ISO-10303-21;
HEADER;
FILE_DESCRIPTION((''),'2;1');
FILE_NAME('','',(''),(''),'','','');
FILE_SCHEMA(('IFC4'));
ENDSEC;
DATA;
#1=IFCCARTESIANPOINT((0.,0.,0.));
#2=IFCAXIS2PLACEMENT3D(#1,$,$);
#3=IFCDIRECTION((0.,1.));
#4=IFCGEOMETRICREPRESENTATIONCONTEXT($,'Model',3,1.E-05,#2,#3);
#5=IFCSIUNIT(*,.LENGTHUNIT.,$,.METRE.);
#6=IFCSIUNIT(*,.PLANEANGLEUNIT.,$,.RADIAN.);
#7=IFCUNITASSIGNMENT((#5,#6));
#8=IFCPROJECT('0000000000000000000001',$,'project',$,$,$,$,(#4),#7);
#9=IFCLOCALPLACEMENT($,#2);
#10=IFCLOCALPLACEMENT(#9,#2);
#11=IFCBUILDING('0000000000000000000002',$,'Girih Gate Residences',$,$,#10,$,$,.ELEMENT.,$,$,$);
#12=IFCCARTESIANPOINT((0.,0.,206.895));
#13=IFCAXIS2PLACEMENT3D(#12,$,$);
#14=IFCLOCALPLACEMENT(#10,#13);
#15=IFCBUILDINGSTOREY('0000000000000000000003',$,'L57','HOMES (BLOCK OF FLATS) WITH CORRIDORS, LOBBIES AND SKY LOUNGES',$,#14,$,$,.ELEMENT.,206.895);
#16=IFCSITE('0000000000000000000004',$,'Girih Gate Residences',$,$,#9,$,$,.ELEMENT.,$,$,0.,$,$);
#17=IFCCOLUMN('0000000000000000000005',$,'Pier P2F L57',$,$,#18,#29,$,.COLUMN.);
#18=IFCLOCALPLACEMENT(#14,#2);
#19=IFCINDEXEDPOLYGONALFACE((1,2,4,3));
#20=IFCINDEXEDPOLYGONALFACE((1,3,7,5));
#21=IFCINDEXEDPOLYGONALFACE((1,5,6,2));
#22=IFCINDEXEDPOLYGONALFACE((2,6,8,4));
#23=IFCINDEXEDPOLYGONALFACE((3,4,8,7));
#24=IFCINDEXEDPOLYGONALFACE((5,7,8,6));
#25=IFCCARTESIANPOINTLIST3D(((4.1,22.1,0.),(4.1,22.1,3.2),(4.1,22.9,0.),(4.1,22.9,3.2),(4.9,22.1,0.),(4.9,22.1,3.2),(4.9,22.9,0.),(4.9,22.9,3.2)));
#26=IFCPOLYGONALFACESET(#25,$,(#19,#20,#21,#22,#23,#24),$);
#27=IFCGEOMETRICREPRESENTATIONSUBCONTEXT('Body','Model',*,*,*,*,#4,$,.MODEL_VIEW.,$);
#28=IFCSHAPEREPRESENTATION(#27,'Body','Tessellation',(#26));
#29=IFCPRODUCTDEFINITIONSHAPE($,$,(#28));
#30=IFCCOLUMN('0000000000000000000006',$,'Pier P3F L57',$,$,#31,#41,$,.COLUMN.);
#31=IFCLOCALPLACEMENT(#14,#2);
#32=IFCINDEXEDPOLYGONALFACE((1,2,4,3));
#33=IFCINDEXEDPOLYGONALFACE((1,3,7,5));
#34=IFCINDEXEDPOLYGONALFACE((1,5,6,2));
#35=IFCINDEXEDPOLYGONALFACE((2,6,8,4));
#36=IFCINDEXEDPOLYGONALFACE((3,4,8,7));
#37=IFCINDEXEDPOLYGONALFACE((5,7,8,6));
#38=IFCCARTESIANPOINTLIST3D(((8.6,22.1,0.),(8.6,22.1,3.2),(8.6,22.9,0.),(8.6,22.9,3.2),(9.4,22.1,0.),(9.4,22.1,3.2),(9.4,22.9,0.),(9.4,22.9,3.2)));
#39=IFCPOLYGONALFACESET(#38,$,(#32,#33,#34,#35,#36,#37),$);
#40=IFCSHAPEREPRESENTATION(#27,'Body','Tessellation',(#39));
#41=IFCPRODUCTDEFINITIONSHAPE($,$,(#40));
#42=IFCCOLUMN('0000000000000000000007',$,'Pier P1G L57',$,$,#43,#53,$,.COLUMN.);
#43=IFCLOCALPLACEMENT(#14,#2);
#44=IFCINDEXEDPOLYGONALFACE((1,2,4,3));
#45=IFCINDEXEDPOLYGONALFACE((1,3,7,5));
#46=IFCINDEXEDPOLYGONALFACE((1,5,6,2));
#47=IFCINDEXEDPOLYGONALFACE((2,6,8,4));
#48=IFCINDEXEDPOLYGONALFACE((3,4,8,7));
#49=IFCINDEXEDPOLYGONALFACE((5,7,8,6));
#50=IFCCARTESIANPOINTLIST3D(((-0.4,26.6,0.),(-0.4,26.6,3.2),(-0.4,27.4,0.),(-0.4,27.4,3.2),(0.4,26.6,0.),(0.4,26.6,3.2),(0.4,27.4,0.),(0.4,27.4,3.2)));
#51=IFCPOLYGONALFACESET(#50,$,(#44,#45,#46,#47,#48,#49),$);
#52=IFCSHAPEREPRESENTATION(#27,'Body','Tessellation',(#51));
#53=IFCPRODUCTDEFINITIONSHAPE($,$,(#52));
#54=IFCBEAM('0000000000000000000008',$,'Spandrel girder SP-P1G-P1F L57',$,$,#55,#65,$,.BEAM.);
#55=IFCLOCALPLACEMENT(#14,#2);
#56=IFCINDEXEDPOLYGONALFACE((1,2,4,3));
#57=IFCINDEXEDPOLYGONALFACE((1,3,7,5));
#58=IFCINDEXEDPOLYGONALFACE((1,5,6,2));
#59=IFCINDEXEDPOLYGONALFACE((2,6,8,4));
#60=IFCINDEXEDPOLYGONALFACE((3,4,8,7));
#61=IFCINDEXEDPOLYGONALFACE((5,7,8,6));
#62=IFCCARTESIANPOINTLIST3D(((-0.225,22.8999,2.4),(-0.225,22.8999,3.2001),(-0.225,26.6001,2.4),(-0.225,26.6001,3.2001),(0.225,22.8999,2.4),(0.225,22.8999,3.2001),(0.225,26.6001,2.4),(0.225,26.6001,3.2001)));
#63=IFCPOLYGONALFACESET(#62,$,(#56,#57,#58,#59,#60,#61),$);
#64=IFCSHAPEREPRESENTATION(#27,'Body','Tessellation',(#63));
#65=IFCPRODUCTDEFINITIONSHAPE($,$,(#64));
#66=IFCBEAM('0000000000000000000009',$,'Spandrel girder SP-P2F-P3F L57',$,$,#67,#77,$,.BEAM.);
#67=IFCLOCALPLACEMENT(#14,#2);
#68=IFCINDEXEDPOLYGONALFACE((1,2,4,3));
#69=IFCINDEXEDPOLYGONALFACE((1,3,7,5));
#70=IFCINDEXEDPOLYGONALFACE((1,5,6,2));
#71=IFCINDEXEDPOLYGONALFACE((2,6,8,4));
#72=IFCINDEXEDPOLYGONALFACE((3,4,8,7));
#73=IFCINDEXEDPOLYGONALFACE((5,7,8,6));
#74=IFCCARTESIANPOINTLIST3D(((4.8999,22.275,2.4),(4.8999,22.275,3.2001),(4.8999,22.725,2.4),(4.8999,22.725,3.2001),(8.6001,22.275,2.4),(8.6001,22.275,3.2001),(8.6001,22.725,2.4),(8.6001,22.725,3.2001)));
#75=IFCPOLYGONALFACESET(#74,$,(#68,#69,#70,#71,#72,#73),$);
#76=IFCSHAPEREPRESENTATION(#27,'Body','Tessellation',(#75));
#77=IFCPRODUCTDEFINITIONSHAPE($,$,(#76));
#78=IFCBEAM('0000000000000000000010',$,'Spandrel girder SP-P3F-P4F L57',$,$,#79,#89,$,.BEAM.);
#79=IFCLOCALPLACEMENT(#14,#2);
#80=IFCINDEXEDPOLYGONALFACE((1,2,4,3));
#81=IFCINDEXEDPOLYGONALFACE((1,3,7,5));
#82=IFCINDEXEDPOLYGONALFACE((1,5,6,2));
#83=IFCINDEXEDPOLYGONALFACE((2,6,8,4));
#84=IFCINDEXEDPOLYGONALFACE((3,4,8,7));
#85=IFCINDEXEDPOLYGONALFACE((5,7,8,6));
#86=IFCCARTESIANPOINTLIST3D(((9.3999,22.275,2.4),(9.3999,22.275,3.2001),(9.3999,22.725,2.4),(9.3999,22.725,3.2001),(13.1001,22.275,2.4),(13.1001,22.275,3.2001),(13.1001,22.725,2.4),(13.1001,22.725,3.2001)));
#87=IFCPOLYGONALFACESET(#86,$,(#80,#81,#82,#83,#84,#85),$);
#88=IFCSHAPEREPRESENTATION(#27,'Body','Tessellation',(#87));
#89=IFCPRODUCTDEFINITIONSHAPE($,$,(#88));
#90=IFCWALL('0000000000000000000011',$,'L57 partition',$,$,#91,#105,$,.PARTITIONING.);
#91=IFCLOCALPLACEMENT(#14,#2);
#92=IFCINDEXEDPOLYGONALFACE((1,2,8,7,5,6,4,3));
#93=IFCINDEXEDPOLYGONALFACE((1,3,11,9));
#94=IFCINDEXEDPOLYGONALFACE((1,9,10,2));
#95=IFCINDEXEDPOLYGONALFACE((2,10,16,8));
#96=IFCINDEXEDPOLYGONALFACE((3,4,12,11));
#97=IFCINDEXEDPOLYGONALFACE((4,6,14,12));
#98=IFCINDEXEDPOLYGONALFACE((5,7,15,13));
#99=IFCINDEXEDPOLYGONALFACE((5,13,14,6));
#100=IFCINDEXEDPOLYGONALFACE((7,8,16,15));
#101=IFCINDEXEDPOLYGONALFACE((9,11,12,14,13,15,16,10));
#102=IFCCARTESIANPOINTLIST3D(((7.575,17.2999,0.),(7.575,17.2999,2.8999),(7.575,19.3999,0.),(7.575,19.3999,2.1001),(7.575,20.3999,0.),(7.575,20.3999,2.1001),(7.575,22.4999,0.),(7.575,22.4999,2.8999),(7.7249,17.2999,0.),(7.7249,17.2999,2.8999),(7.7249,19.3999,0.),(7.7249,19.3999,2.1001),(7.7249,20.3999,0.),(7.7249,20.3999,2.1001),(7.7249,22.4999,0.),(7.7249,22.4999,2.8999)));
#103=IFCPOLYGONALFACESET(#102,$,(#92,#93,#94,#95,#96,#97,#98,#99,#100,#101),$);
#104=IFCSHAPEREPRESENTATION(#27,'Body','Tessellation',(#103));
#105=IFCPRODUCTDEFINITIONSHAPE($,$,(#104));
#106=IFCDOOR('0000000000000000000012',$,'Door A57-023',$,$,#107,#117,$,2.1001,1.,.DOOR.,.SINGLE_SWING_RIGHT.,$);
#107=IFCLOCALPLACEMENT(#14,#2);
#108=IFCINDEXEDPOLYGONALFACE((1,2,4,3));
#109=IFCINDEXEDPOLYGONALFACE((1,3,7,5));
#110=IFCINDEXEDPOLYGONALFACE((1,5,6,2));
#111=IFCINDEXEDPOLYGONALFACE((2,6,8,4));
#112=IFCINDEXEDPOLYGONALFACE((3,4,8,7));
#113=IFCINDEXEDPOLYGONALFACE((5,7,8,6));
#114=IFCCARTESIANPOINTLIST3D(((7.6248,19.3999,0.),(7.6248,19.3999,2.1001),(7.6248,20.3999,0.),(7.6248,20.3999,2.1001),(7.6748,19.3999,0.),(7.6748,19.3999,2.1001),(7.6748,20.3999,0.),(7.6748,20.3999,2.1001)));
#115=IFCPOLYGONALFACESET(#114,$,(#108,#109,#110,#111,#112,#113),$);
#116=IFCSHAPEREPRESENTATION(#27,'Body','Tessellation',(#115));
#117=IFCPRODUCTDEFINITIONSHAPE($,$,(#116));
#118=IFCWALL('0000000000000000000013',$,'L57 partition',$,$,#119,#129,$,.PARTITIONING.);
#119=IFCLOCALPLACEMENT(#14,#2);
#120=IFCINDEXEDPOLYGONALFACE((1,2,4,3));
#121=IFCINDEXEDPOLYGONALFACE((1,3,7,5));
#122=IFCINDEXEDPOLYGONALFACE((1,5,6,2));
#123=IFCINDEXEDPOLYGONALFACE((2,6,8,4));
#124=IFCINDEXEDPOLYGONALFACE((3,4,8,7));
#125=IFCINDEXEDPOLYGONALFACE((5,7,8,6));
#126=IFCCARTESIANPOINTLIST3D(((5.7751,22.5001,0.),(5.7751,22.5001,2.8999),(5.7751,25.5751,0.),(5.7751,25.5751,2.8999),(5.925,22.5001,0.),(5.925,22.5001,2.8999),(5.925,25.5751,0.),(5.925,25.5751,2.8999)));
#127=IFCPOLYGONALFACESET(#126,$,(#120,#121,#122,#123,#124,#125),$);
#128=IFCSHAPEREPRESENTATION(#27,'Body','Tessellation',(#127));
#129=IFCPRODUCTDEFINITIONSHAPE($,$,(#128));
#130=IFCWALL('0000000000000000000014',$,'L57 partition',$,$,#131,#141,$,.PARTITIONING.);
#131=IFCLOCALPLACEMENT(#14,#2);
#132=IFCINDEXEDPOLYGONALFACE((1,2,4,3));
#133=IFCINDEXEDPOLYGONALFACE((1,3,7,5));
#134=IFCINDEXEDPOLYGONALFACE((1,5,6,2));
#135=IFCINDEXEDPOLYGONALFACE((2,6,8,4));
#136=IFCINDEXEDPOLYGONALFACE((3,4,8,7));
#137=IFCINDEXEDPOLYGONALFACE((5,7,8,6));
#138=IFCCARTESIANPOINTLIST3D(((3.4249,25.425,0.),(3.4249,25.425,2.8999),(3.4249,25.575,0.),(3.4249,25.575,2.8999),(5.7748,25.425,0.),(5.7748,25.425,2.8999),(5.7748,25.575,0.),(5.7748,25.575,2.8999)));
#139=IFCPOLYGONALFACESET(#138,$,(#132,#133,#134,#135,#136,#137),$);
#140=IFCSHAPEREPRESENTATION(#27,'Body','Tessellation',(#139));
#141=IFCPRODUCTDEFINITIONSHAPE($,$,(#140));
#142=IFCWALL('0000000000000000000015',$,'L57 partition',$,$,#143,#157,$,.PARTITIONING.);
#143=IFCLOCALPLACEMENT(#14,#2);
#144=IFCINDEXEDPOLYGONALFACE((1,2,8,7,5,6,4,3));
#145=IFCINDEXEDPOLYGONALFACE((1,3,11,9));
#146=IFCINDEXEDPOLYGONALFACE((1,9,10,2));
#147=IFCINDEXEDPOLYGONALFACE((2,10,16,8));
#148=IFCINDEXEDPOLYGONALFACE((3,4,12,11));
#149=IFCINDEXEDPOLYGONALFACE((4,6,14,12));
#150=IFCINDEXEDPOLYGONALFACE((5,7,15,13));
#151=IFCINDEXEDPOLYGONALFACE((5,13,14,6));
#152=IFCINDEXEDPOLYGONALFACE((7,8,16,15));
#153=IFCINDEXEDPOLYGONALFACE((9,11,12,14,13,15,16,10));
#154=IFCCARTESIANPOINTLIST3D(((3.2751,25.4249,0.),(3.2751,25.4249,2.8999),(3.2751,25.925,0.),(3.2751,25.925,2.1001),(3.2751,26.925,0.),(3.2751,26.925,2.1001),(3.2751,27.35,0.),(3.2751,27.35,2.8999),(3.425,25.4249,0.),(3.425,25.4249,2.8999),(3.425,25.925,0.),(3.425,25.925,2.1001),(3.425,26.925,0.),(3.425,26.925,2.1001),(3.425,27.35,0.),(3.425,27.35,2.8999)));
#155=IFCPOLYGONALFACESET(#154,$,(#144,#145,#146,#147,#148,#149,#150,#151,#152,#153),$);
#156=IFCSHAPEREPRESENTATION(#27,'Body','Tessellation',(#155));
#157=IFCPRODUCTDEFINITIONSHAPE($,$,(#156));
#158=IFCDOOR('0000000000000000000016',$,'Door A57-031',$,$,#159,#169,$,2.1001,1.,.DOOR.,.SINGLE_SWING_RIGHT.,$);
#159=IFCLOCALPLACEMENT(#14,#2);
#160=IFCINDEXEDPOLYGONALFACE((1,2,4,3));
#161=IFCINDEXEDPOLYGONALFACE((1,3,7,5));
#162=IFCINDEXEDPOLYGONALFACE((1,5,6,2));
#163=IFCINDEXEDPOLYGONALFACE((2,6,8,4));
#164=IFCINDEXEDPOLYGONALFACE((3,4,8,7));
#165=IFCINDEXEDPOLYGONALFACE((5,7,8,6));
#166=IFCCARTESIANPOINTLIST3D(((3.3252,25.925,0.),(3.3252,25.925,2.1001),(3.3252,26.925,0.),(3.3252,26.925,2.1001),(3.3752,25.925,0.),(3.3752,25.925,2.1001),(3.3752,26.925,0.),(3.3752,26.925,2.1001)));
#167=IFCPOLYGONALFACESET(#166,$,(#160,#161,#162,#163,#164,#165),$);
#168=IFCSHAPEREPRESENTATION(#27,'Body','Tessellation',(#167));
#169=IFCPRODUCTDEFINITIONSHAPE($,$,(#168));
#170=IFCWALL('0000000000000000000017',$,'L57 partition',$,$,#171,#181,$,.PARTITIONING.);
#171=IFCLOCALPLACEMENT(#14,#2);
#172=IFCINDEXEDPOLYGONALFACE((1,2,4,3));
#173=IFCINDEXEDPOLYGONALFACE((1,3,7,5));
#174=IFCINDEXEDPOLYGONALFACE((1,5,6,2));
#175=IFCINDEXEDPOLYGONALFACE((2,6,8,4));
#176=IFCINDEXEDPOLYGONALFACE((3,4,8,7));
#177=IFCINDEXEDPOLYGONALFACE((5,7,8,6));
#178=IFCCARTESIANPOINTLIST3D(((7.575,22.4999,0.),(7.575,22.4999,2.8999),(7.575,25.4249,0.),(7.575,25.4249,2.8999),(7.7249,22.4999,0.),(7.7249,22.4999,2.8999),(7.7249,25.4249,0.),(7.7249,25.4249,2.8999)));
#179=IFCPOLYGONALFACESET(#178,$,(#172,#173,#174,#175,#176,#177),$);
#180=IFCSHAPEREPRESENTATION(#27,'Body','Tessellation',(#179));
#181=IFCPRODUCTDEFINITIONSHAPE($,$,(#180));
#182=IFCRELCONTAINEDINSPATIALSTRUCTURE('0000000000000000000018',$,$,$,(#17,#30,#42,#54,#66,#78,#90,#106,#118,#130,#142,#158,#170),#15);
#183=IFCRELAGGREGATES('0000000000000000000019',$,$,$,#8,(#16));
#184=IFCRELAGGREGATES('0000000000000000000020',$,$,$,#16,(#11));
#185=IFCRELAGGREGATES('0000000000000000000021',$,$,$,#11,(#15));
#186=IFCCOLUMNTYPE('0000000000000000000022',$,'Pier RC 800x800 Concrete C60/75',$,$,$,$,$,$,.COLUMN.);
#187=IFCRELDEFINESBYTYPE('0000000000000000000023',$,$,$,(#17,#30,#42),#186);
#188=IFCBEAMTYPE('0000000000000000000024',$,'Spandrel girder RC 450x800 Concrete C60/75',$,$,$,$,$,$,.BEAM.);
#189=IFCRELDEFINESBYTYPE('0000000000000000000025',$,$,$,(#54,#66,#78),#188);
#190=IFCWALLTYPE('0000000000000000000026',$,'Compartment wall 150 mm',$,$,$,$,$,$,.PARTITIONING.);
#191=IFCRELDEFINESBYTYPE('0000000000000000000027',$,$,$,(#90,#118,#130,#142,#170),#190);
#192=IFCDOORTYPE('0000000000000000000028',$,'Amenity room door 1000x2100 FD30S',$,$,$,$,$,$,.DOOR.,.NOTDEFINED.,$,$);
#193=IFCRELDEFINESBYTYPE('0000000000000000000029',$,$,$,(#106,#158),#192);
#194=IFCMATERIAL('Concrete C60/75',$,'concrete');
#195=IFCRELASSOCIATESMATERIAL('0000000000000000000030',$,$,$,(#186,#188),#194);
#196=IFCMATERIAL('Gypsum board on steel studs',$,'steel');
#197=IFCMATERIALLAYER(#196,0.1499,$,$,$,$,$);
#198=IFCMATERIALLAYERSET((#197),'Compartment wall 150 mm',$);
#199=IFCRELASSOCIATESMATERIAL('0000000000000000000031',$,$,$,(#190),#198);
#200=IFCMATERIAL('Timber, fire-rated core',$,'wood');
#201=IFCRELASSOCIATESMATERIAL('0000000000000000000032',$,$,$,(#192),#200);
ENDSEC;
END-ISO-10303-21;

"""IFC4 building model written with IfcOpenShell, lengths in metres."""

from ifc_helpers import new_model, si_unit, direction, frame, frame_2d, origin, origin_2d, place, context, subcontext, project, spatial, rectangle, extrude, material, layer, layer_set, material_profile, profile_set, type_object, element, fill, save


model = new_model("IFC4")

# Units and contexts
model_context = context("Model", 3, precision=1e-05, world=origin(), true_north=direction((0.0, 1.0)))
body_context = subcontext(model_context, "Body", "Model", "MODEL_VIEW")
ifc_project = project(units=[si_unit("LENGTHUNIT", "METRE"), si_unit("PLANEANGLEUNIT", "RADIAN")], contexts=[model_context])

# Site, building, storey
site_placement = place(None, origin())
site = spatial("IfcSite", under=ifc_project, at=site_placement, Name="Girih Gate Residences", CompositionType="ELEMENT", RefElevation=0.0)
building_placement = place(site_placement, origin())
building = spatial("IfcBuilding", under=site, at=building_placement, Name="Girih Gate Residences", CompositionType="ELEMENT")
storey_placement = place(building_placement, frame((0.0, 0.0, 206.895)))
storey = spatial("IfcBuildingStorey", under=building, at=storey_placement, Name="L57", Description="HOMES (BLOCK OF FLATS) WITH CORRIDORS, LOBBIES AND SKY LOUNGES", CompositionType="ELEMENT", Elevation=206.895)

# Columns
ifc_material_1 = material(Name="Concrete C60/75", Category="concrete")
ifc_material_profile_1 = material_profile(ifc_material_1, rectangle(XDim=0.8, YDim=0.8, at=origin_2d()))
ifc_profile_set_1 = profile_set([ifc_material_profile_1], Name="Concrete C60/75")
column_type = type_object("IfcColumnType", Name="Pier RC 800x800 Concrete C60/75", PredefinedType="COLUMN", material=ifc_profile_set_1)
for number, where, z_axis, x_axis, name in (
    (1, (4.5, 22.5, 0.0), (0.0, 0.0, 1.0), (1.0, 0.0, 0.0), "Pier P2F L57"),
    (2, (9.0, 22.5, 0.0), (0.0, 0.0, 1.0), (1.0, 0.0, 0.0), "Pier P3F L57"),
    (3, (0.0, 27.0, 0.0), (0.0, 0.0, 1.0), (1.0, 0.0, 0.0), "Pier P1G L57"),
):
    element("IfcColumn", number, at=place(storey_placement, frame(where, z_axis=z_axis, x_axis=x_axis)), inside=storey, type_object=column_type, Name=name, PredefinedType="COLUMN", context=body_context, shape_type="SweptSolid", body=[
        extrude(rectangle(XDim=0.8, YDim=0.8, at=origin_2d()), origin(), (0.0, 0.0, 1.0), 3.2),
    ])

# Beams
ifc_material_profile_2 = material_profile(ifc_material_1, rectangle(XDim=0.45, YDim=0.8, at=origin_2d()))
ifc_profile_set_2 = profile_set([ifc_material_profile_2], Name="Concrete C60/75")
beam_type = type_object("IfcBeamType", Name="Spandrel girder RC 450x800 Concrete C60/75", PredefinedType="BEAM", material=ifc_profile_set_2)
for number, where, z_axis, x_axis, name in (
    (4, (0.0, 26.6001, 2.8), (0.0, -1.0, 0.0), (1.0, 0.0, 0.0), "Spandrel girder SP-P1G-P1F L57"),
    (5, (4.8999, 22.5, 2.8), (1.0, 0.0, 0.0), (0.0, 1.0, 0.0), "Spandrel girder SP-P2F-P3F L57"),
    (6, (9.3999, 22.5, 2.8), (1.0, 0.0, 0.0), (0.0, 1.0, 0.0), "Spandrel girder SP-P3F-P4F L57"),
):
    element("IfcBeam", number, at=place(storey_placement, frame(where, z_axis=z_axis, x_axis=x_axis)), inside=storey, type_object=beam_type, Name=name, PredefinedType="BEAM", context=body_context, shape_type="SweptSolid", body=[
        extrude(rectangle(XDim=0.45, YDim=0.8, at=origin_2d()), origin(), (0.0, 0.0, 1.0), 3.7002),
    ])

# Wall, opening, door
ifc_material_2 = material(Name="Gypsum board on steel studs", Category="steel")
ifc_layer_1 = layer(ifc_material_2, 0.1499)
ifc_layer_set_1 = layer_set([ifc_layer_1], Name="Compartment wall 150 mm")
wall_type_1 = type_object("IfcWallType", Name="Compartment wall 150 mm", PredefinedType="PARTITIONING", material=ifc_layer_set_1)
wall_1_placement = place(storey_placement, frame((7.6499, 22.5, 0.0), z_axis=(0.0, 0.0, 1.0), x_axis=(0.0, -1.0, 0.0)))
wall_1 = element("IfcWall", 7, at=wall_1_placement, inside=storey, type_object=wall_type_1, Name="L57 partition", PredefinedType="PARTITIONING", context=body_context, shape_type="SweptSolid", body=[
    extrude(rectangle(XDim=5.2, YDim=0.1499, at=frame_2d((2.6001, 0.0))), origin(), (0.0, 0.0, 1.0), 2.8999),
])
opening_1_placement = place(wall_1_placement, frame((2.1001, 0.0, 0.0)))
opening_1 = element("IfcOpeningElement", 8, at=opening_1_placement, cuts=wall_1, PredefinedType="OPENING", context=body_context, shape_type="SweptSolid", body=[
    extrude(rectangle(XDim=1.0, YDim=2.1001, at=frame_2d((0.5, 1.05))), frame((0.0, 0.085, 0.0), z_axis=(0.0, -1.0, 0.0), x_axis=(1.0, 0.0, 0.0)), (0.0, 0.0, 1.0), 0.1699),
])
ifc_material_3 = material(Name="Timber, fire-rated core", Category="wood")
door_type_1 = type_object("IfcDoorType", Name="Amenity room door 1000x2100 FD30S", OperationType="NOTDEFINED", PredefinedType="DOOR", material=ifc_material_3)
door_1_placement = place(opening_1_placement, origin())
door_1 = element("IfcDoor", 9, at=door_1_placement, inside=storey, type_object=door_type_1, Name="Door A57-023", OperationType="SINGLE_SWING_RIGHT", OverallHeight=2.1001, OverallWidth=1.0, PredefinedType="DOOR", context=body_context, shape_type="SweptSolid", body=[
    extrude(rectangle(XDim=1.0, YDim=2.1001, at=frame_2d((0.5, 1.05))), frame((0.0, 0.0249, 0.0), z_axis=(0.0, -1.0, 0.0), x_axis=(1.0, 0.0, 0.0)), (0.0, 0.0, 1.0), 0.05),
])
fill(opening_1, door_1)

# Walls
wall_2_placement = place(storey_placement, frame((5.8501, 22.5, 0.0), z_axis=(0.0, 0.0, 1.0), x_axis=(0.0, 1.0, 0.0)))
element("IfcWall", 10, at=wall_2_placement, inside=storey, type_object=wall_type_1, Name="L57 partition", PredefinedType="PARTITIONING", context=body_context, shape_type="SweptSolid", body=[
    extrude(rectangle(XDim=3.075, YDim=0.1499, at=frame_2d((1.5376, 0.0))), origin(), (0.0, 0.0, 1.0), 2.8999),
])
wall_3_placement = place(storey_placement, frame((3.425, 25.5, 0.0), z_axis=(0.0, 0.0, 1.0), x_axis=(1.0, 0.0, 0.0)))
element("IfcWall", 11, at=wall_3_placement, inside=storey, type_object=wall_type_1, Name="L57 partition", PredefinedType="PARTITIONING", context=body_context, shape_type="SweptSolid", body=[
    extrude(rectangle(XDim=2.3499, YDim=0.1499, at=frame_2d((1.1748, 0.0))), origin(), (0.0, 0.0, 1.0), 2.8999),
])

# Wall, opening, door
wall_4_placement = place(storey_placement, frame((3.3501, 25.425, 0.0), z_axis=(0.0, 0.0, 1.0), x_axis=(0.0, 1.0, 0.0)))
wall_4 = element("IfcWall", 12, at=wall_4_placement, inside=storey, type_object=wall_type_1, Name="L57 partition", PredefinedType="PARTITIONING", context=body_context, shape_type="SweptSolid", body=[
    extrude(rectangle(XDim=1.925, YDim=0.1499, at=frame_2d((0.9624, 0.0))), origin(), (0.0, 0.0, 1.0), 2.8999),
])
opening_2_placement = place(wall_4_placement, frame((0.5, 0.0, 0.0)))
opening_2 = element("IfcOpeningElement", 13, at=opening_2_placement, cuts=wall_4, PredefinedType="OPENING", context=body_context, shape_type="SweptSolid", body=[
    extrude(rectangle(XDim=1.0, YDim=2.1001, at=frame_2d((0.5, 1.05))), frame((0.0, 0.085, 0.0), z_axis=(0.0, -1.0, 0.0), x_axis=(1.0, 0.0, 0.0)), (0.0, 0.0, 1.0), 0.1699),
])
door_2_placement = place(opening_2_placement, origin())
door_2 = element("IfcDoor", 14, at=door_2_placement, inside=storey, type_object=door_type_1, Name="Door A57-031", OperationType="SINGLE_SWING_RIGHT", OverallHeight=2.1001, OverallWidth=1.0, PredefinedType="DOOR", context=body_context, shape_type="SweptSolid", body=[
    extrude(rectangle(XDim=1.0, YDim=2.1001, at=frame_2d((0.5, 1.05))), frame((0.0, 0.0249, 0.0), z_axis=(0.0, -1.0, 0.0), x_axis=(1.0, 0.0, 0.0)), (0.0, 0.0, 1.0), 0.05),
])
fill(opening_2, door_2)

# Wall
wall_5_placement = place(storey_placement, frame((7.6499, 22.5, 0.0), z_axis=(0.0, 0.0, 1.0), x_axis=(0.0, 1.0, 0.0)))
element("IfcWall", 15, at=wall_5_placement, inside=storey, type_object=wall_type_1, Name="L57 partition", PredefinedType="PARTITIONING", context=body_context, shape_type="SweptSolid", body=[
    extrude(rectangle(XDim=2.925, YDim=0.1499, at=frame_2d((1.4624, 0.0))), origin(), (0.0, 0.0, 1.0), 2.8999),
])

save(model, "model.ifc")
